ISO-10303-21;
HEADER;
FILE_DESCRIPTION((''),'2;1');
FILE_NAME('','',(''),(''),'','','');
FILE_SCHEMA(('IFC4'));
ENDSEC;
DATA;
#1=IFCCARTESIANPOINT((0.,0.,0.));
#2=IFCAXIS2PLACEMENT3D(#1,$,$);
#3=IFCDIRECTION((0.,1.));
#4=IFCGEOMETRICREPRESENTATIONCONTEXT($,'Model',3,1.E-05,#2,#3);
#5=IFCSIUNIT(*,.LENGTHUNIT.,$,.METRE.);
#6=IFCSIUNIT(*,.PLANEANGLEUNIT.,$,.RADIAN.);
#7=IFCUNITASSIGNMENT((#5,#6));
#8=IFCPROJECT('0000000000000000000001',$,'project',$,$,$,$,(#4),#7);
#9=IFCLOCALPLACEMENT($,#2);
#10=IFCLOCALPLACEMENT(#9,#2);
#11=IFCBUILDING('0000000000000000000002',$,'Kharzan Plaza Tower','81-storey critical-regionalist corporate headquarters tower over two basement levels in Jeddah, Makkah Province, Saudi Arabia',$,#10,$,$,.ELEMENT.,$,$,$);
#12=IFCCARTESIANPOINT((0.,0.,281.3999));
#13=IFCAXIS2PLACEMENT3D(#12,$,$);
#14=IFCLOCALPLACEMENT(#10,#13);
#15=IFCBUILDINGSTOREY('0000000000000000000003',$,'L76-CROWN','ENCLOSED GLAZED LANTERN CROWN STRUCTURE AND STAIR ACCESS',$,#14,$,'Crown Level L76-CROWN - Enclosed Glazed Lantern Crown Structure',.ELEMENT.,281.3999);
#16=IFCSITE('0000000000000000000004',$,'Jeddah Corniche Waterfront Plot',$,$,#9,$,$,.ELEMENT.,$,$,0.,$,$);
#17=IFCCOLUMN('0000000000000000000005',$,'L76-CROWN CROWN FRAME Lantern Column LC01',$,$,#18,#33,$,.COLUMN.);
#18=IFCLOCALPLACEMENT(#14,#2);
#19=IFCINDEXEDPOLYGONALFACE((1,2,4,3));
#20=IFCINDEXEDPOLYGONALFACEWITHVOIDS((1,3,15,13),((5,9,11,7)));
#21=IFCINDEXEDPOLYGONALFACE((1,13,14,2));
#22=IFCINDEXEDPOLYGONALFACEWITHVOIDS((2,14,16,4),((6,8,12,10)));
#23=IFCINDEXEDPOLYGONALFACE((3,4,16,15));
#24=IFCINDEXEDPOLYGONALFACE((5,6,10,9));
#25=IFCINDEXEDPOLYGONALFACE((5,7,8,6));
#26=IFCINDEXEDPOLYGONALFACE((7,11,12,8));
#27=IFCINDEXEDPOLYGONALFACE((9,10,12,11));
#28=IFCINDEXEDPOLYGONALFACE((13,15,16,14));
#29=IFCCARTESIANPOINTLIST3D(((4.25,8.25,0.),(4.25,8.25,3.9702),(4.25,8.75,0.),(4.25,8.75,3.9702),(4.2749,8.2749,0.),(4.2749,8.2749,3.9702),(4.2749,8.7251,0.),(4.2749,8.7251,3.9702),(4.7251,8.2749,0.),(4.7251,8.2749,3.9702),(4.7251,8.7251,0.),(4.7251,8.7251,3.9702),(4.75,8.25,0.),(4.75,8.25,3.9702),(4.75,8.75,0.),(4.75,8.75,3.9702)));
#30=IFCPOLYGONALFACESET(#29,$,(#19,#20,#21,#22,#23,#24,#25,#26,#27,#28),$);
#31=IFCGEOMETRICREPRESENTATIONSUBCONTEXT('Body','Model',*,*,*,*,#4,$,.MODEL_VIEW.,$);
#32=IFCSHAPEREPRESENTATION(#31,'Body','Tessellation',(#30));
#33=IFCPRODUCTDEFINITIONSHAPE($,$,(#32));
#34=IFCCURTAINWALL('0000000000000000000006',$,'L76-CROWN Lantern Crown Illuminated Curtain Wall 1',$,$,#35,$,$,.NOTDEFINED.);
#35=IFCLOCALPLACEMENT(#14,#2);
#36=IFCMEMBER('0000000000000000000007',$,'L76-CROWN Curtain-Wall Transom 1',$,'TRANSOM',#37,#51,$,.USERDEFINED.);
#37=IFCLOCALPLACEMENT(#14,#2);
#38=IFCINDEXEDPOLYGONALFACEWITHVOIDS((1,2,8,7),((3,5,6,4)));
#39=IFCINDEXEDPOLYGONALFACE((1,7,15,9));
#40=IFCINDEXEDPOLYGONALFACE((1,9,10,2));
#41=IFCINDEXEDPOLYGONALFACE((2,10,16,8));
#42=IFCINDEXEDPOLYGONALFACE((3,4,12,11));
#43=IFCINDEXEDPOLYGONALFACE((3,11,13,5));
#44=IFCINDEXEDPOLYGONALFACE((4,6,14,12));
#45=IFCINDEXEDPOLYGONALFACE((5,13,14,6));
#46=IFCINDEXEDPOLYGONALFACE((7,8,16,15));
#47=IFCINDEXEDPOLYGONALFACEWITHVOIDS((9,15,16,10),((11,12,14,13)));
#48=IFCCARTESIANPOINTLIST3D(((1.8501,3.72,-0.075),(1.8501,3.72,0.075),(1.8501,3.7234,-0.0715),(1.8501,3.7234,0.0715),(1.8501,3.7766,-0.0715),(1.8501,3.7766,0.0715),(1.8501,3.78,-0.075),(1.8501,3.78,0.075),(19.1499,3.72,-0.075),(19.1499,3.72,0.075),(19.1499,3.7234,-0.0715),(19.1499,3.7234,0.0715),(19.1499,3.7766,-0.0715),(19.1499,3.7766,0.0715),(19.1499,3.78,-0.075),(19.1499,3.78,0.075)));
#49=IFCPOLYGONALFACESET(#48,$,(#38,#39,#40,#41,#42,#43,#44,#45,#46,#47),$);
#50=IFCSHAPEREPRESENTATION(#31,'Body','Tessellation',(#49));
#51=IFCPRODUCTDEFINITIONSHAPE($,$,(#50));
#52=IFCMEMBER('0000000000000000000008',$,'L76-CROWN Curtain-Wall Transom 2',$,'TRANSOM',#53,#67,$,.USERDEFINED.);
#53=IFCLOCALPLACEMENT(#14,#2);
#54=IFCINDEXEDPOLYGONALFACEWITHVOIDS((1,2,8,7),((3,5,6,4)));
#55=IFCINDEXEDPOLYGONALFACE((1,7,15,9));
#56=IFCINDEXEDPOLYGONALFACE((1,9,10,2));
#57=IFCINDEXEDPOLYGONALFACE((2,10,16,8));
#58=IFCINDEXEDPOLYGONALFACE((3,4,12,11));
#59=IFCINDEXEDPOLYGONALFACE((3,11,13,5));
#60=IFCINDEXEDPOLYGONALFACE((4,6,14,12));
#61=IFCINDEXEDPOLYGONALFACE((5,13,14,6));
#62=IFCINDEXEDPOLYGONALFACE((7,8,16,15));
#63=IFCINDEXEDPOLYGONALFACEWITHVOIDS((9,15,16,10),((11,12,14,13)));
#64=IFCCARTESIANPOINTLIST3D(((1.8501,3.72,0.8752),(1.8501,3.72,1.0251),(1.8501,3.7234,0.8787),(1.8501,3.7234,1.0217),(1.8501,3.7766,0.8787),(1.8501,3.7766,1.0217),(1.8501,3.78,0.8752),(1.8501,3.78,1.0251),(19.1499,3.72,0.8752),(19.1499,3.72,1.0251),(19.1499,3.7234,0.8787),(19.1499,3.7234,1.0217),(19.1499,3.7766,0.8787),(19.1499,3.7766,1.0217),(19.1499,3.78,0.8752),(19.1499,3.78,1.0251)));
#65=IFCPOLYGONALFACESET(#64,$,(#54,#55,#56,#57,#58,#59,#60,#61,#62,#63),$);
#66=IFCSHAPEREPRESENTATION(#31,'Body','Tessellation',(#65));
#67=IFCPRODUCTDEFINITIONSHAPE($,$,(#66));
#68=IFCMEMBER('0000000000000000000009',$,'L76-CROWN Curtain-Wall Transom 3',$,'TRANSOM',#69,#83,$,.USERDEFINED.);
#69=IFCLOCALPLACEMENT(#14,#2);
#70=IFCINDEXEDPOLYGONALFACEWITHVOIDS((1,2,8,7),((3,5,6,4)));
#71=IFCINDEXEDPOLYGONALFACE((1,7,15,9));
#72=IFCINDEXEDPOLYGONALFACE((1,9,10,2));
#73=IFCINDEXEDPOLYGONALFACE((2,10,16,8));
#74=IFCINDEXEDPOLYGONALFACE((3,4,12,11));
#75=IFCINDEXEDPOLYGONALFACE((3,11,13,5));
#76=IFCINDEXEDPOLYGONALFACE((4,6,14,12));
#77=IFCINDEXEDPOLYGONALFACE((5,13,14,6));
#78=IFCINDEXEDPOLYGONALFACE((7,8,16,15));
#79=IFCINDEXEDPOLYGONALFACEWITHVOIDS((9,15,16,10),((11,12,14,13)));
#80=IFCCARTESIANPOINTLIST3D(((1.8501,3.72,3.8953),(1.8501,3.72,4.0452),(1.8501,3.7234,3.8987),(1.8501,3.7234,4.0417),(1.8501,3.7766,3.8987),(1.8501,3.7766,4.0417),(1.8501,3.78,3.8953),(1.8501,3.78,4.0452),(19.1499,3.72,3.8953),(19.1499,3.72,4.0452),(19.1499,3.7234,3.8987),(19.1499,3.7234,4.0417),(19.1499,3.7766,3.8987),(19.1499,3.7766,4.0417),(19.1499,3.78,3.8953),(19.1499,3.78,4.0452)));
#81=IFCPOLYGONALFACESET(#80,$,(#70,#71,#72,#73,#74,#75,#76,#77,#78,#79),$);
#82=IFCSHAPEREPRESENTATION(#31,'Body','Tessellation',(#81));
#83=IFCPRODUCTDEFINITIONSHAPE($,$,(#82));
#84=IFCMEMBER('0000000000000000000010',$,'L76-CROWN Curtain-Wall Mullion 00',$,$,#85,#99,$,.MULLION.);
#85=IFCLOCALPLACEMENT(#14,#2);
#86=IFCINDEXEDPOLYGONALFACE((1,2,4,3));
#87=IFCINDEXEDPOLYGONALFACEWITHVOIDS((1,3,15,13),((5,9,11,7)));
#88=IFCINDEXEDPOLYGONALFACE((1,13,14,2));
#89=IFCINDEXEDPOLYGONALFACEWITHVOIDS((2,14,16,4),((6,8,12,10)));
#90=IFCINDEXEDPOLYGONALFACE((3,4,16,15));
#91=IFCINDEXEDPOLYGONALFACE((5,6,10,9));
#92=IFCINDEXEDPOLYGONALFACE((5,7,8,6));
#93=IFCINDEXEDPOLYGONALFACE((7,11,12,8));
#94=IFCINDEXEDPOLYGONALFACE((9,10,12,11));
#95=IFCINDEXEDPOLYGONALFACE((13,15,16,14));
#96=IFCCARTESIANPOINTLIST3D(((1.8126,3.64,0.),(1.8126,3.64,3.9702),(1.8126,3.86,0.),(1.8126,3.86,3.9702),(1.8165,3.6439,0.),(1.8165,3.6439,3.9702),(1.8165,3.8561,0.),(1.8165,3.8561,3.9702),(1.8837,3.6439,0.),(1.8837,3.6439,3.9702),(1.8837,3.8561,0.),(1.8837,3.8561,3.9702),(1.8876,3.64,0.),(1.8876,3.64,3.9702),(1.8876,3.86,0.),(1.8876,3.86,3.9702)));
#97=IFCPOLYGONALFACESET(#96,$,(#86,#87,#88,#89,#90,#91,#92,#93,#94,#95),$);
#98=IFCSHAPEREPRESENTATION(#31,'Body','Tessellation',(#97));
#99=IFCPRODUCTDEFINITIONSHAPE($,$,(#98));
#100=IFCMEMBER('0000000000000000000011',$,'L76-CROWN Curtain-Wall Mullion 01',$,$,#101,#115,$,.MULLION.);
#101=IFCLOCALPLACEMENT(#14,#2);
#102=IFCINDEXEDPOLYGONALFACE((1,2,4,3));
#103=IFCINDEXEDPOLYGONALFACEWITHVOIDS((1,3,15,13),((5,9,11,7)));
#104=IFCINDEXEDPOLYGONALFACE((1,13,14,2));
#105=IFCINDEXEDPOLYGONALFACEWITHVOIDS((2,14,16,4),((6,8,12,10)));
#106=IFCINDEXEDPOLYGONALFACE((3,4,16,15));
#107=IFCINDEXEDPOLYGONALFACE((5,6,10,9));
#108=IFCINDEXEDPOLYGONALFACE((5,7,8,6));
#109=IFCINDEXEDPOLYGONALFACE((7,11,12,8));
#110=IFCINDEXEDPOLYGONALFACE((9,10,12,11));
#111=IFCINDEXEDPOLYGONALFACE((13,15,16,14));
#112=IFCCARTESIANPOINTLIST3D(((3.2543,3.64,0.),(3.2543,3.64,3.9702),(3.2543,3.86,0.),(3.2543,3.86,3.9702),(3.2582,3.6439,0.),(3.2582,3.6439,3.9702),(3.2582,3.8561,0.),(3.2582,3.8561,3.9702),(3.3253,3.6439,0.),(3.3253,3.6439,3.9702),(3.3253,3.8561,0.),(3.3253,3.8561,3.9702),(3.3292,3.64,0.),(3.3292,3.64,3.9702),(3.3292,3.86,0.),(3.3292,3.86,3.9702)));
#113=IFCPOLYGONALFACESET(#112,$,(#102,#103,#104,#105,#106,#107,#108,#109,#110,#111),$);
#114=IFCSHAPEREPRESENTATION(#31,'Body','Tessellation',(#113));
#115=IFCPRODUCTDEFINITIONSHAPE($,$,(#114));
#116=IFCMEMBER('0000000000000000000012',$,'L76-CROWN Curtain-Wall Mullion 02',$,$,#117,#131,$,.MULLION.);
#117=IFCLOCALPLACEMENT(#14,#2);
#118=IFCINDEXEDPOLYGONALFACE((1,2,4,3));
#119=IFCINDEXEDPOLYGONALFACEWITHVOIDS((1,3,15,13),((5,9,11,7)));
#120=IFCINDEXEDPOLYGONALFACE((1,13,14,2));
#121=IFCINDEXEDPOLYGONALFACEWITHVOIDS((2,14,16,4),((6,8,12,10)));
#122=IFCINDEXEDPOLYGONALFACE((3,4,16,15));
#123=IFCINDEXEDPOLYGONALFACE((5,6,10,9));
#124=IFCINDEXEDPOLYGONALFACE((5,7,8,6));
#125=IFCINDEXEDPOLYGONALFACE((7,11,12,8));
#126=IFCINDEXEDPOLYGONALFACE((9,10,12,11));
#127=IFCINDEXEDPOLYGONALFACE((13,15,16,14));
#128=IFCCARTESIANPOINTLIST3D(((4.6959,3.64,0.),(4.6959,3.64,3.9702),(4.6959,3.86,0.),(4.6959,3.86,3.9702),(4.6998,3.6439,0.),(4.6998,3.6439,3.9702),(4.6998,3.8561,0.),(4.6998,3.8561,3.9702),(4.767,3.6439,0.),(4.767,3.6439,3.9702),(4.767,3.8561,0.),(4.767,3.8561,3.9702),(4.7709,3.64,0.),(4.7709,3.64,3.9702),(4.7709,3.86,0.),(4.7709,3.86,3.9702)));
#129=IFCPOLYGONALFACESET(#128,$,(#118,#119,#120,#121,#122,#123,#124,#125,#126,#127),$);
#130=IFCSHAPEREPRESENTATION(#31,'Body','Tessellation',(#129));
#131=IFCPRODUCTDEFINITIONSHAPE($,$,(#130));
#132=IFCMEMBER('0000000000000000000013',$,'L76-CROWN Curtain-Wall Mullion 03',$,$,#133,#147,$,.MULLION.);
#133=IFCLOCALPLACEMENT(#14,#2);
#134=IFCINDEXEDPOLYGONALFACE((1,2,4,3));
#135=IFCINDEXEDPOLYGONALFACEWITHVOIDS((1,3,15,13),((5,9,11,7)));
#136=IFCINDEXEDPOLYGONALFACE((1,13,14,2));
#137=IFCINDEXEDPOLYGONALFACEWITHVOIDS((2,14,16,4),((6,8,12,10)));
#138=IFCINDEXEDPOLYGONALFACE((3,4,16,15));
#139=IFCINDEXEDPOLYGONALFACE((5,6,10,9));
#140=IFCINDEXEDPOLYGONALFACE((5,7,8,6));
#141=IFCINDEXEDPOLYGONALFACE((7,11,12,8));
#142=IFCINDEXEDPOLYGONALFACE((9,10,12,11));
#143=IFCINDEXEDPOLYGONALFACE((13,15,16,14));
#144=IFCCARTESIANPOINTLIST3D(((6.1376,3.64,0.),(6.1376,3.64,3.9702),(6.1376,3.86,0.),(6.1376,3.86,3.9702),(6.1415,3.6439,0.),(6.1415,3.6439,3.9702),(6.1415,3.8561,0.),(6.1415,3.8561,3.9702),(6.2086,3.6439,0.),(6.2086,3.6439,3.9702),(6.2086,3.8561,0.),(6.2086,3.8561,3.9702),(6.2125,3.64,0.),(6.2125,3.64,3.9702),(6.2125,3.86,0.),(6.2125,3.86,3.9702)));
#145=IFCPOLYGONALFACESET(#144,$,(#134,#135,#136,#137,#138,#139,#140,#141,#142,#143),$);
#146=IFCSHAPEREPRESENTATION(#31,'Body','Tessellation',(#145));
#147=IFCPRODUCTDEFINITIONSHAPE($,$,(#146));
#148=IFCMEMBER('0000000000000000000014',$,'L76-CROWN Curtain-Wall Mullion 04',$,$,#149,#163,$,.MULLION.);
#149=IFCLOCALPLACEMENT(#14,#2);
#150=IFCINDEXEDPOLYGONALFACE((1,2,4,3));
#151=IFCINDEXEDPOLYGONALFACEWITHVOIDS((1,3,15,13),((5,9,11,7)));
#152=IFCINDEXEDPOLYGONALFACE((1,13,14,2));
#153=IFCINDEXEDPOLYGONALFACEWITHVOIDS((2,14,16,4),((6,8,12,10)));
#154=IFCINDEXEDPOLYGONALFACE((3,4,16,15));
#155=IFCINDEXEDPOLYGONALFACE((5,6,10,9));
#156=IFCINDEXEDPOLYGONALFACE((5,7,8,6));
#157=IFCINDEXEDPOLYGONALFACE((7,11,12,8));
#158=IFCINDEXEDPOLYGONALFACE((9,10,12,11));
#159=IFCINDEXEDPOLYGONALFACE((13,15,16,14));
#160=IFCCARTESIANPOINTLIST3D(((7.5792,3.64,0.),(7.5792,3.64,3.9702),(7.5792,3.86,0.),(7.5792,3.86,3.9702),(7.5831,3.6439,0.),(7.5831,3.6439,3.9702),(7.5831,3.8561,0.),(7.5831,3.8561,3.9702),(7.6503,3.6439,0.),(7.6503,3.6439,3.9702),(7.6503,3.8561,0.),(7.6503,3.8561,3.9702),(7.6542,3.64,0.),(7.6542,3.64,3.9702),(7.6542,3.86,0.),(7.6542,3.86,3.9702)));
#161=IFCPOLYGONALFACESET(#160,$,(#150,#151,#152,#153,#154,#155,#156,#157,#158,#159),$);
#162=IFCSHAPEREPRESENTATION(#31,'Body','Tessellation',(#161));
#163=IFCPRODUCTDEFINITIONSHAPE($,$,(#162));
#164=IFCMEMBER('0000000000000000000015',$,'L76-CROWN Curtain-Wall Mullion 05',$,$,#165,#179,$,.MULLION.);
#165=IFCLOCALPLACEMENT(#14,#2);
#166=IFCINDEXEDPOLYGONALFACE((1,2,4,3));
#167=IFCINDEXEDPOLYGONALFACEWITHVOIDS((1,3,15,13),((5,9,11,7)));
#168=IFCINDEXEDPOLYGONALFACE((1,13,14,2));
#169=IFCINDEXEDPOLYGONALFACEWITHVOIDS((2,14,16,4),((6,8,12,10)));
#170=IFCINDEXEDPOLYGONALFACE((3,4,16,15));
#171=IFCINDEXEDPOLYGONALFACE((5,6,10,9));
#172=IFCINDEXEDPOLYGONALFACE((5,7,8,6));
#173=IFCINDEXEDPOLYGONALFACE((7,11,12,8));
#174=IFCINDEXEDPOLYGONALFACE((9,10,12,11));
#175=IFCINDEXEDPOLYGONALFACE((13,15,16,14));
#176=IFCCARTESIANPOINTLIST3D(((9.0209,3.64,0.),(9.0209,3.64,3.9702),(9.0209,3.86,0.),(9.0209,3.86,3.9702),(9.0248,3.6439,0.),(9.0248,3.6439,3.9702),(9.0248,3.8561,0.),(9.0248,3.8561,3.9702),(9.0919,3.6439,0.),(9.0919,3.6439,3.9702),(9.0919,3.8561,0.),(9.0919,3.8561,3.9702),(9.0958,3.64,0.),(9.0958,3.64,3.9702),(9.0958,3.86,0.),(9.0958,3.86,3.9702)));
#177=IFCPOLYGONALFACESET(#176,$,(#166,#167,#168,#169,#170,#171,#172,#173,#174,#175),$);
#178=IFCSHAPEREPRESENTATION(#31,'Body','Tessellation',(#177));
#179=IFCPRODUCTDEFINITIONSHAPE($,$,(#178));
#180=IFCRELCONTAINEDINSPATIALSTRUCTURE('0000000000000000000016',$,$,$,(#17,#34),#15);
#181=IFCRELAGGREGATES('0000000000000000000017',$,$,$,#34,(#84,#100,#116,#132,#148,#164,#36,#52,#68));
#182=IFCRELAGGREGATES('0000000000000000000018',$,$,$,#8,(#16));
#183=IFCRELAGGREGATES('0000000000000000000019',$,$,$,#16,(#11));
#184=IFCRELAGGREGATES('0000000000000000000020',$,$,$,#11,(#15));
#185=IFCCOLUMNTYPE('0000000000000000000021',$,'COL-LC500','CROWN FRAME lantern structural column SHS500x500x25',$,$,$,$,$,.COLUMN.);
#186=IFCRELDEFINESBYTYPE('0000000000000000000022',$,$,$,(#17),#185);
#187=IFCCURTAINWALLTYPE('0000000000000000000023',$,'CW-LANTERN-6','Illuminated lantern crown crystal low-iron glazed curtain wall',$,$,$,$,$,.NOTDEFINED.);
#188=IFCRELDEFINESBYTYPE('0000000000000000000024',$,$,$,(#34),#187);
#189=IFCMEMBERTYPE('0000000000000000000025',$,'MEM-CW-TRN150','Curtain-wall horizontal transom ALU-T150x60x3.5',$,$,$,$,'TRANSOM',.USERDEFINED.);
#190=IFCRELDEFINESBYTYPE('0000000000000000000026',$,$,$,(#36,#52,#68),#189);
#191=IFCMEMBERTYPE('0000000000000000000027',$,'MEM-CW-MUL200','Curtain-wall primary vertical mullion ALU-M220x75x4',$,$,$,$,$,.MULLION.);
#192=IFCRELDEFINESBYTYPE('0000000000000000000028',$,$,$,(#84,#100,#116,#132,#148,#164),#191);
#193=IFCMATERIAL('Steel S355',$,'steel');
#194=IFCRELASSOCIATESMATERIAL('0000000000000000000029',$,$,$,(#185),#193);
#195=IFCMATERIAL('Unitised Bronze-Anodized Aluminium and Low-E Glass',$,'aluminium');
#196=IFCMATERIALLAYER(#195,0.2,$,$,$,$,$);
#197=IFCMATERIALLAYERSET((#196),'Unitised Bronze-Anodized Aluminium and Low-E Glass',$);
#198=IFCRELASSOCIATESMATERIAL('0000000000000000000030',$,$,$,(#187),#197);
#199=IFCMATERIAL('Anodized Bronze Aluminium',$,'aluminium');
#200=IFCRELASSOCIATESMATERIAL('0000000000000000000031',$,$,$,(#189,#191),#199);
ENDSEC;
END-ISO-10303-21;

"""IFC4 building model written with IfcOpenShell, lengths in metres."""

from ifc_helpers import new_model, si_unit, direction, frame, origin, origin_2d, place, context, subcontext, project, spatial, hollow_rectangle, extrude, source, transform, mapped, material, layer, layer_set, material_profile, profile_set, type_object, element, aggregate, save


model = new_model("IFC4")

# Units and contexts
model_context = context("Model", 3, precision=1e-05, world=origin(), true_north=direction((0.0, 1.0)))
body_context = subcontext(model_context, "Body", "Model", "MODEL_VIEW")
ifc_project = project(units=[si_unit("LENGTHUNIT", "METRE"), si_unit("PLANEANGLEUNIT", "RADIAN")], contexts=[model_context])

# Site, building, storey
site_placement = place(None, origin())
site = spatial("IfcSite", under=ifc_project, at=site_placement, Name="Jeddah Corniche Waterfront Plot", CompositionType="ELEMENT", RefElevation=0.0)
building_placement = place(site_placement, origin())
building = spatial("IfcBuilding", under=site, at=building_placement, Name="Kharzan Plaza Tower", Description="81-storey critical-regionalist corporate headquarters tower over two basement levels in Jeddah, Makkah Province, Saudi Arabia", CompositionType="ELEMENT")
storey_placement = place(building_placement, frame((0.0, 0.0, 281.3999)))
storey = spatial("IfcBuildingStorey", under=building, at=storey_placement, Name="L76-CROWN", Description="ENCLOSED GLAZED LANTERN CROWN STRUCTURE AND STAIR ACCESS", LongName="Crown Level L76-CROWN - Enclosed Glazed Lantern Crown Structure", CompositionType="ELEMENT", Elevation=281.3999)

# Column
ifc_material_1 = material(Name="Steel S355", Category="steel")
ifc_material_profile_1 = material_profile(ifc_material_1, hollow_rectangle(XDim=0.5, YDim=0.5, WallThickness=0.0249, at=origin_2d()), Name="SHS500x500x25")
ifc_profile_set_1 = profile_set([ifc_material_profile_1], Name="Steel S355")
column_type = type_object("IfcColumnType", Name="COL-LC500", Description="CROWN FRAME lantern structural column SHS500x500x25", PredefinedType="COLUMN", material=ifc_profile_set_1)
shared_shape_1 = source(origin(), body_context, "Body", "SweptSolid", [
    extrude(hollow_rectangle(XDim=0.5, YDim=0.5, WallThickness=0.0249, at=origin_2d()), origin(), (0.0, 0.0, 1.0), 3.9702),
])
column_placement = place(storey_placement, frame((4.5, 8.5, 0.0), z_axis=(0.0, 0.0, 1.0), x_axis=(1.0, 0.0, 0.0)))
element("IfcColumn", 1, at=column_placement, inside=storey, type_object=column_type, Name="L76-CROWN CROWN FRAME Lantern Column LC01", PredefinedType="COLUMN", context=body_context, shape_type="MappedRepresentation", body=[
    mapped(shared_shape_1, transform((0.0, 0.0, 0.0), x_axis=(1.0, 0.0, 0.0), y_axis=(0.0, 1.0, 0.0), z_axis=(0.0, 0.0, 1.0))),
])

# Curtain wall, members
ifc_material_2 = material(Name="Unitised Bronze-Anodized Aluminium and Low-E Glass", Category="aluminium")
ifc_layer_1 = layer(ifc_material_2, 0.2)
ifc_layer_set_1 = layer_set([ifc_layer_1], Name="Unitised Bronze-Anodized Aluminium and Low-E Glass")
curtain_wall_type = type_object("IfcCurtainWallType", Name="CW-LANTERN-6", Description="Illuminated lantern crown crystal low-iron glazed curtain wall", PredefinedType="NOTDEFINED", material=ifc_layer_set_1)
curtain_wall_1_placement = place(storey_placement, origin())
curtain_wall_1 = element("IfcCurtainWall", 2, at=curtain_wall_1_placement, inside=storey, type_object=curtain_wall_type, Name="L76-CROWN Lantern Crown Illuminated Curtain Wall 1", PredefinedType="NOTDEFINED")
ifc_material_3 = material(Name="Anodized Bronze Aluminium", Category="aluminium")
ifc_material_profile_2 = material_profile(ifc_material_3, hollow_rectangle(XDim=0.0601, YDim=0.1499, WallThickness=0.0034, at=origin_2d()), Name="ALU-T150x60x3.5")
ifc_profile_set_2 = profile_set([ifc_material_profile_2], Name="Anodized Bronze Aluminium")
member_type_1 = type_object("IfcMemberType", Name="MEM-CW-TRN150", Description="Curtain-wall horizontal transom ALU-T150x60x3.5", ElementType="TRANSOM", PredefinedType="USERDEFINED", material=ifc_profile_set_2)
shared_shape_2 = source(origin(), body_context, "Body", "SweptSolid", [
    extrude(hollow_rectangle(XDim=0.0601, YDim=0.1499, WallThickness=0.0034, at=origin_2d()), origin(), (0.0, 0.0, 1.0), 17.2998),
])
member_1_placement = place(storey_placement, frame((1.8501, 3.75, 0.0), z_axis=(1.0, 0.0, 0.0), x_axis=(0.0, 1.0, 0.0)))
member_1 = element("IfcMember", 3, at=member_1_placement, type_object=member_type_1, Name="L76-CROWN Curtain-Wall Transom 1", ObjectType="TRANSOM", PredefinedType="USERDEFINED", context=body_context, shape_type="MappedRepresentation", body=[
    mapped(shared_shape_2, transform((0.0, 0.0, 0.0), x_axis=(1.0, 0.0, 0.0), y_axis=(0.0, 1.0, 0.0), z_axis=(0.0, 0.0, 1.0))),
])
member_2_placement = place(storey_placement, frame((1.8501, 3.75, 0.9502), z_axis=(1.0, 0.0, 0.0), x_axis=(0.0, 1.0, 0.0)))
member_2 = element("IfcMember", 4, at=member_2_placement, type_object=member_type_1, Name="L76-CROWN Curtain-Wall Transom 2", ObjectType="TRANSOM", PredefinedType="USERDEFINED", context=body_context, shape_type="MappedRepresentation", body=[
    mapped(shared_shape_2, transform((0.0, 0.0, 0.0), x_axis=(1.0, 0.0, 0.0), y_axis=(0.0, 1.0, 0.0), z_axis=(0.0, 0.0, 1.0))),
])
member_3_placement = place(storey_placement, frame((1.8501, 3.75, 3.9702), z_axis=(1.0, 0.0, 0.0), x_axis=(0.0, 1.0, 0.0)))
member_3 = element("IfcMember", 5, at=member_3_placement, type_object=member_type_1, Name="L76-CROWN Curtain-Wall Transom 3", ObjectType="TRANSOM", PredefinedType="USERDEFINED", context=body_context, shape_type="MappedRepresentation", body=[
    mapped(shared_shape_2, transform((0.0, 0.0, 0.0), x_axis=(1.0, 0.0, 0.0), y_axis=(0.0, 1.0, 0.0), z_axis=(0.0, 0.0, 1.0))),
])
ifc_material_profile_3 = material_profile(ifc_material_3, hollow_rectangle(XDim=0.075, YDim=0.22, WallThickness=0.0039, at=origin_2d()), Name="ALU-M220x75x4")
ifc_profile_set_3 = profile_set([ifc_material_profile_3], Name="Anodized Bronze Aluminium")
member_type_2 = type_object("IfcMemberType", Name="MEM-CW-MUL200", Description="Curtain-wall primary vertical mullion ALU-M220x75x4", PredefinedType="MULLION", material=ifc_profile_set_3)
shared_shape_3 = source(origin(), body_context, "Body", "SweptSolid", [
    extrude(hollow_rectangle(XDim=0.075, YDim=0.22, WallThickness=0.0039, at=origin_2d()), origin(), (0.0, 0.0, 1.0), 3.9702),
])
member_4_placement = place(storey_placement, frame((1.8501, 3.75, 0.0), z_axis=(0.0, 0.0, 1.0), x_axis=(1.0, 0.0, 0.0)))
member_4 = element("IfcMember", 6, at=member_4_placement, type_object=member_type_2, Name="L76-CROWN Curtain-Wall Mullion 00", PredefinedType="MULLION", context=body_context, shape_type="MappedRepresentation", body=[
    mapped(shared_shape_3, transform((0.0, 0.0, 0.0), x_axis=(1.0, 0.0, 0.0), y_axis=(0.0, 1.0, 0.0), z_axis=(0.0, 0.0, 1.0))),
])
member_5_placement = place(storey_placement, frame((3.2917, 3.75, 0.0), z_axis=(0.0, 0.0, 1.0), x_axis=(1.0, 0.0, 0.0)))
member_5 = element("IfcMember", 7, at=member_5_placement, type_object=member_type_2, Name="L76-CROWN Curtain-Wall Mullion 01", PredefinedType="MULLION", context=body_context, shape_type="MappedRepresentation", body=[
    mapped(shared_shape_3, transform((0.0, 0.0, 0.0), x_axis=(1.0, 0.0, 0.0), y_axis=(0.0, 1.0, 0.0), z_axis=(0.0, 0.0, 1.0))),
])
member_6_placement = place(storey_placement, frame((4.7334, 3.75, 0.0), z_axis=(0.0, 0.0, 1.0), x_axis=(1.0, 0.0, 0.0)))
member_6 = element("IfcMember", 8, at=member_6_placement, type_object=member_type_2, Name="L76-CROWN Curtain-Wall Mullion 02", PredefinedType="MULLION", context=body_context, shape_type="MappedRepresentation", body=[
    mapped(shared_shape_3, transform((0.0, 0.0, 0.0), x_axis=(1.0, 0.0, 0.0), y_axis=(0.0, 1.0, 0.0), z_axis=(0.0, 0.0, 1.0))),
])
member_7_placement = place(storey_placement, frame((6.175, 3.75, 0.0), z_axis=(0.0, 0.0, 1.0), x_axis=(1.0, 0.0, 0.0)))
member_7 = element("IfcMember", 9, at=member_7_placement, type_object=member_type_2, Name="L76-CROWN Curtain-Wall Mullion 03", PredefinedType="MULLION", context=body_context, shape_type="MappedRepresentation", body=[
    mapped(shared_shape_3, transform((0.0, 0.0, 0.0), x_axis=(1.0, 0.0, 0.0), y_axis=(0.0, 1.0, 0.0), z_axis=(0.0, 0.0, 1.0))),
])
member_8_placement = place(storey_placement, frame((7.6167, 3.75, 0.0), z_axis=(0.0, 0.0, 1.0), x_axis=(1.0, 0.0, 0.0)))
member_8 = element("IfcMember", 10, at=member_8_placement, type_object=member_type_2, Name="L76-CROWN Curtain-Wall Mullion 04", PredefinedType="MULLION", context=body_context, shape_type="MappedRepresentation", body=[
    mapped(shared_shape_3, transform((0.0, 0.0, 0.0), x_axis=(1.0, 0.0, 0.0), y_axis=(0.0, 1.0, 0.0), z_axis=(0.0, 0.0, 1.0))),
])
member_9_placement = place(storey_placement, frame((9.0583, 3.75, 0.0), z_axis=(0.0, 0.0, 1.0), x_axis=(1.0, 0.0, 0.0)))
member_9 = element("IfcMember", 11, at=member_9_placement, type_object=member_type_2, Name="L76-CROWN Curtain-Wall Mullion 05", PredefinedType="MULLION", context=body_context, shape_type="MappedRepresentation", body=[
    mapped(shared_shape_3, transform((0.0, 0.0, 0.0), x_axis=(1.0, 0.0, 0.0), y_axis=(0.0, 1.0, 0.0), z_axis=(0.0, 0.0, 1.0))),
])

aggregate(curtain_wall_1, [member_4, member_5, member_6, member_7, member_8, member_9, member_1, member_2, member_3])

save(model, "model.ifc")
